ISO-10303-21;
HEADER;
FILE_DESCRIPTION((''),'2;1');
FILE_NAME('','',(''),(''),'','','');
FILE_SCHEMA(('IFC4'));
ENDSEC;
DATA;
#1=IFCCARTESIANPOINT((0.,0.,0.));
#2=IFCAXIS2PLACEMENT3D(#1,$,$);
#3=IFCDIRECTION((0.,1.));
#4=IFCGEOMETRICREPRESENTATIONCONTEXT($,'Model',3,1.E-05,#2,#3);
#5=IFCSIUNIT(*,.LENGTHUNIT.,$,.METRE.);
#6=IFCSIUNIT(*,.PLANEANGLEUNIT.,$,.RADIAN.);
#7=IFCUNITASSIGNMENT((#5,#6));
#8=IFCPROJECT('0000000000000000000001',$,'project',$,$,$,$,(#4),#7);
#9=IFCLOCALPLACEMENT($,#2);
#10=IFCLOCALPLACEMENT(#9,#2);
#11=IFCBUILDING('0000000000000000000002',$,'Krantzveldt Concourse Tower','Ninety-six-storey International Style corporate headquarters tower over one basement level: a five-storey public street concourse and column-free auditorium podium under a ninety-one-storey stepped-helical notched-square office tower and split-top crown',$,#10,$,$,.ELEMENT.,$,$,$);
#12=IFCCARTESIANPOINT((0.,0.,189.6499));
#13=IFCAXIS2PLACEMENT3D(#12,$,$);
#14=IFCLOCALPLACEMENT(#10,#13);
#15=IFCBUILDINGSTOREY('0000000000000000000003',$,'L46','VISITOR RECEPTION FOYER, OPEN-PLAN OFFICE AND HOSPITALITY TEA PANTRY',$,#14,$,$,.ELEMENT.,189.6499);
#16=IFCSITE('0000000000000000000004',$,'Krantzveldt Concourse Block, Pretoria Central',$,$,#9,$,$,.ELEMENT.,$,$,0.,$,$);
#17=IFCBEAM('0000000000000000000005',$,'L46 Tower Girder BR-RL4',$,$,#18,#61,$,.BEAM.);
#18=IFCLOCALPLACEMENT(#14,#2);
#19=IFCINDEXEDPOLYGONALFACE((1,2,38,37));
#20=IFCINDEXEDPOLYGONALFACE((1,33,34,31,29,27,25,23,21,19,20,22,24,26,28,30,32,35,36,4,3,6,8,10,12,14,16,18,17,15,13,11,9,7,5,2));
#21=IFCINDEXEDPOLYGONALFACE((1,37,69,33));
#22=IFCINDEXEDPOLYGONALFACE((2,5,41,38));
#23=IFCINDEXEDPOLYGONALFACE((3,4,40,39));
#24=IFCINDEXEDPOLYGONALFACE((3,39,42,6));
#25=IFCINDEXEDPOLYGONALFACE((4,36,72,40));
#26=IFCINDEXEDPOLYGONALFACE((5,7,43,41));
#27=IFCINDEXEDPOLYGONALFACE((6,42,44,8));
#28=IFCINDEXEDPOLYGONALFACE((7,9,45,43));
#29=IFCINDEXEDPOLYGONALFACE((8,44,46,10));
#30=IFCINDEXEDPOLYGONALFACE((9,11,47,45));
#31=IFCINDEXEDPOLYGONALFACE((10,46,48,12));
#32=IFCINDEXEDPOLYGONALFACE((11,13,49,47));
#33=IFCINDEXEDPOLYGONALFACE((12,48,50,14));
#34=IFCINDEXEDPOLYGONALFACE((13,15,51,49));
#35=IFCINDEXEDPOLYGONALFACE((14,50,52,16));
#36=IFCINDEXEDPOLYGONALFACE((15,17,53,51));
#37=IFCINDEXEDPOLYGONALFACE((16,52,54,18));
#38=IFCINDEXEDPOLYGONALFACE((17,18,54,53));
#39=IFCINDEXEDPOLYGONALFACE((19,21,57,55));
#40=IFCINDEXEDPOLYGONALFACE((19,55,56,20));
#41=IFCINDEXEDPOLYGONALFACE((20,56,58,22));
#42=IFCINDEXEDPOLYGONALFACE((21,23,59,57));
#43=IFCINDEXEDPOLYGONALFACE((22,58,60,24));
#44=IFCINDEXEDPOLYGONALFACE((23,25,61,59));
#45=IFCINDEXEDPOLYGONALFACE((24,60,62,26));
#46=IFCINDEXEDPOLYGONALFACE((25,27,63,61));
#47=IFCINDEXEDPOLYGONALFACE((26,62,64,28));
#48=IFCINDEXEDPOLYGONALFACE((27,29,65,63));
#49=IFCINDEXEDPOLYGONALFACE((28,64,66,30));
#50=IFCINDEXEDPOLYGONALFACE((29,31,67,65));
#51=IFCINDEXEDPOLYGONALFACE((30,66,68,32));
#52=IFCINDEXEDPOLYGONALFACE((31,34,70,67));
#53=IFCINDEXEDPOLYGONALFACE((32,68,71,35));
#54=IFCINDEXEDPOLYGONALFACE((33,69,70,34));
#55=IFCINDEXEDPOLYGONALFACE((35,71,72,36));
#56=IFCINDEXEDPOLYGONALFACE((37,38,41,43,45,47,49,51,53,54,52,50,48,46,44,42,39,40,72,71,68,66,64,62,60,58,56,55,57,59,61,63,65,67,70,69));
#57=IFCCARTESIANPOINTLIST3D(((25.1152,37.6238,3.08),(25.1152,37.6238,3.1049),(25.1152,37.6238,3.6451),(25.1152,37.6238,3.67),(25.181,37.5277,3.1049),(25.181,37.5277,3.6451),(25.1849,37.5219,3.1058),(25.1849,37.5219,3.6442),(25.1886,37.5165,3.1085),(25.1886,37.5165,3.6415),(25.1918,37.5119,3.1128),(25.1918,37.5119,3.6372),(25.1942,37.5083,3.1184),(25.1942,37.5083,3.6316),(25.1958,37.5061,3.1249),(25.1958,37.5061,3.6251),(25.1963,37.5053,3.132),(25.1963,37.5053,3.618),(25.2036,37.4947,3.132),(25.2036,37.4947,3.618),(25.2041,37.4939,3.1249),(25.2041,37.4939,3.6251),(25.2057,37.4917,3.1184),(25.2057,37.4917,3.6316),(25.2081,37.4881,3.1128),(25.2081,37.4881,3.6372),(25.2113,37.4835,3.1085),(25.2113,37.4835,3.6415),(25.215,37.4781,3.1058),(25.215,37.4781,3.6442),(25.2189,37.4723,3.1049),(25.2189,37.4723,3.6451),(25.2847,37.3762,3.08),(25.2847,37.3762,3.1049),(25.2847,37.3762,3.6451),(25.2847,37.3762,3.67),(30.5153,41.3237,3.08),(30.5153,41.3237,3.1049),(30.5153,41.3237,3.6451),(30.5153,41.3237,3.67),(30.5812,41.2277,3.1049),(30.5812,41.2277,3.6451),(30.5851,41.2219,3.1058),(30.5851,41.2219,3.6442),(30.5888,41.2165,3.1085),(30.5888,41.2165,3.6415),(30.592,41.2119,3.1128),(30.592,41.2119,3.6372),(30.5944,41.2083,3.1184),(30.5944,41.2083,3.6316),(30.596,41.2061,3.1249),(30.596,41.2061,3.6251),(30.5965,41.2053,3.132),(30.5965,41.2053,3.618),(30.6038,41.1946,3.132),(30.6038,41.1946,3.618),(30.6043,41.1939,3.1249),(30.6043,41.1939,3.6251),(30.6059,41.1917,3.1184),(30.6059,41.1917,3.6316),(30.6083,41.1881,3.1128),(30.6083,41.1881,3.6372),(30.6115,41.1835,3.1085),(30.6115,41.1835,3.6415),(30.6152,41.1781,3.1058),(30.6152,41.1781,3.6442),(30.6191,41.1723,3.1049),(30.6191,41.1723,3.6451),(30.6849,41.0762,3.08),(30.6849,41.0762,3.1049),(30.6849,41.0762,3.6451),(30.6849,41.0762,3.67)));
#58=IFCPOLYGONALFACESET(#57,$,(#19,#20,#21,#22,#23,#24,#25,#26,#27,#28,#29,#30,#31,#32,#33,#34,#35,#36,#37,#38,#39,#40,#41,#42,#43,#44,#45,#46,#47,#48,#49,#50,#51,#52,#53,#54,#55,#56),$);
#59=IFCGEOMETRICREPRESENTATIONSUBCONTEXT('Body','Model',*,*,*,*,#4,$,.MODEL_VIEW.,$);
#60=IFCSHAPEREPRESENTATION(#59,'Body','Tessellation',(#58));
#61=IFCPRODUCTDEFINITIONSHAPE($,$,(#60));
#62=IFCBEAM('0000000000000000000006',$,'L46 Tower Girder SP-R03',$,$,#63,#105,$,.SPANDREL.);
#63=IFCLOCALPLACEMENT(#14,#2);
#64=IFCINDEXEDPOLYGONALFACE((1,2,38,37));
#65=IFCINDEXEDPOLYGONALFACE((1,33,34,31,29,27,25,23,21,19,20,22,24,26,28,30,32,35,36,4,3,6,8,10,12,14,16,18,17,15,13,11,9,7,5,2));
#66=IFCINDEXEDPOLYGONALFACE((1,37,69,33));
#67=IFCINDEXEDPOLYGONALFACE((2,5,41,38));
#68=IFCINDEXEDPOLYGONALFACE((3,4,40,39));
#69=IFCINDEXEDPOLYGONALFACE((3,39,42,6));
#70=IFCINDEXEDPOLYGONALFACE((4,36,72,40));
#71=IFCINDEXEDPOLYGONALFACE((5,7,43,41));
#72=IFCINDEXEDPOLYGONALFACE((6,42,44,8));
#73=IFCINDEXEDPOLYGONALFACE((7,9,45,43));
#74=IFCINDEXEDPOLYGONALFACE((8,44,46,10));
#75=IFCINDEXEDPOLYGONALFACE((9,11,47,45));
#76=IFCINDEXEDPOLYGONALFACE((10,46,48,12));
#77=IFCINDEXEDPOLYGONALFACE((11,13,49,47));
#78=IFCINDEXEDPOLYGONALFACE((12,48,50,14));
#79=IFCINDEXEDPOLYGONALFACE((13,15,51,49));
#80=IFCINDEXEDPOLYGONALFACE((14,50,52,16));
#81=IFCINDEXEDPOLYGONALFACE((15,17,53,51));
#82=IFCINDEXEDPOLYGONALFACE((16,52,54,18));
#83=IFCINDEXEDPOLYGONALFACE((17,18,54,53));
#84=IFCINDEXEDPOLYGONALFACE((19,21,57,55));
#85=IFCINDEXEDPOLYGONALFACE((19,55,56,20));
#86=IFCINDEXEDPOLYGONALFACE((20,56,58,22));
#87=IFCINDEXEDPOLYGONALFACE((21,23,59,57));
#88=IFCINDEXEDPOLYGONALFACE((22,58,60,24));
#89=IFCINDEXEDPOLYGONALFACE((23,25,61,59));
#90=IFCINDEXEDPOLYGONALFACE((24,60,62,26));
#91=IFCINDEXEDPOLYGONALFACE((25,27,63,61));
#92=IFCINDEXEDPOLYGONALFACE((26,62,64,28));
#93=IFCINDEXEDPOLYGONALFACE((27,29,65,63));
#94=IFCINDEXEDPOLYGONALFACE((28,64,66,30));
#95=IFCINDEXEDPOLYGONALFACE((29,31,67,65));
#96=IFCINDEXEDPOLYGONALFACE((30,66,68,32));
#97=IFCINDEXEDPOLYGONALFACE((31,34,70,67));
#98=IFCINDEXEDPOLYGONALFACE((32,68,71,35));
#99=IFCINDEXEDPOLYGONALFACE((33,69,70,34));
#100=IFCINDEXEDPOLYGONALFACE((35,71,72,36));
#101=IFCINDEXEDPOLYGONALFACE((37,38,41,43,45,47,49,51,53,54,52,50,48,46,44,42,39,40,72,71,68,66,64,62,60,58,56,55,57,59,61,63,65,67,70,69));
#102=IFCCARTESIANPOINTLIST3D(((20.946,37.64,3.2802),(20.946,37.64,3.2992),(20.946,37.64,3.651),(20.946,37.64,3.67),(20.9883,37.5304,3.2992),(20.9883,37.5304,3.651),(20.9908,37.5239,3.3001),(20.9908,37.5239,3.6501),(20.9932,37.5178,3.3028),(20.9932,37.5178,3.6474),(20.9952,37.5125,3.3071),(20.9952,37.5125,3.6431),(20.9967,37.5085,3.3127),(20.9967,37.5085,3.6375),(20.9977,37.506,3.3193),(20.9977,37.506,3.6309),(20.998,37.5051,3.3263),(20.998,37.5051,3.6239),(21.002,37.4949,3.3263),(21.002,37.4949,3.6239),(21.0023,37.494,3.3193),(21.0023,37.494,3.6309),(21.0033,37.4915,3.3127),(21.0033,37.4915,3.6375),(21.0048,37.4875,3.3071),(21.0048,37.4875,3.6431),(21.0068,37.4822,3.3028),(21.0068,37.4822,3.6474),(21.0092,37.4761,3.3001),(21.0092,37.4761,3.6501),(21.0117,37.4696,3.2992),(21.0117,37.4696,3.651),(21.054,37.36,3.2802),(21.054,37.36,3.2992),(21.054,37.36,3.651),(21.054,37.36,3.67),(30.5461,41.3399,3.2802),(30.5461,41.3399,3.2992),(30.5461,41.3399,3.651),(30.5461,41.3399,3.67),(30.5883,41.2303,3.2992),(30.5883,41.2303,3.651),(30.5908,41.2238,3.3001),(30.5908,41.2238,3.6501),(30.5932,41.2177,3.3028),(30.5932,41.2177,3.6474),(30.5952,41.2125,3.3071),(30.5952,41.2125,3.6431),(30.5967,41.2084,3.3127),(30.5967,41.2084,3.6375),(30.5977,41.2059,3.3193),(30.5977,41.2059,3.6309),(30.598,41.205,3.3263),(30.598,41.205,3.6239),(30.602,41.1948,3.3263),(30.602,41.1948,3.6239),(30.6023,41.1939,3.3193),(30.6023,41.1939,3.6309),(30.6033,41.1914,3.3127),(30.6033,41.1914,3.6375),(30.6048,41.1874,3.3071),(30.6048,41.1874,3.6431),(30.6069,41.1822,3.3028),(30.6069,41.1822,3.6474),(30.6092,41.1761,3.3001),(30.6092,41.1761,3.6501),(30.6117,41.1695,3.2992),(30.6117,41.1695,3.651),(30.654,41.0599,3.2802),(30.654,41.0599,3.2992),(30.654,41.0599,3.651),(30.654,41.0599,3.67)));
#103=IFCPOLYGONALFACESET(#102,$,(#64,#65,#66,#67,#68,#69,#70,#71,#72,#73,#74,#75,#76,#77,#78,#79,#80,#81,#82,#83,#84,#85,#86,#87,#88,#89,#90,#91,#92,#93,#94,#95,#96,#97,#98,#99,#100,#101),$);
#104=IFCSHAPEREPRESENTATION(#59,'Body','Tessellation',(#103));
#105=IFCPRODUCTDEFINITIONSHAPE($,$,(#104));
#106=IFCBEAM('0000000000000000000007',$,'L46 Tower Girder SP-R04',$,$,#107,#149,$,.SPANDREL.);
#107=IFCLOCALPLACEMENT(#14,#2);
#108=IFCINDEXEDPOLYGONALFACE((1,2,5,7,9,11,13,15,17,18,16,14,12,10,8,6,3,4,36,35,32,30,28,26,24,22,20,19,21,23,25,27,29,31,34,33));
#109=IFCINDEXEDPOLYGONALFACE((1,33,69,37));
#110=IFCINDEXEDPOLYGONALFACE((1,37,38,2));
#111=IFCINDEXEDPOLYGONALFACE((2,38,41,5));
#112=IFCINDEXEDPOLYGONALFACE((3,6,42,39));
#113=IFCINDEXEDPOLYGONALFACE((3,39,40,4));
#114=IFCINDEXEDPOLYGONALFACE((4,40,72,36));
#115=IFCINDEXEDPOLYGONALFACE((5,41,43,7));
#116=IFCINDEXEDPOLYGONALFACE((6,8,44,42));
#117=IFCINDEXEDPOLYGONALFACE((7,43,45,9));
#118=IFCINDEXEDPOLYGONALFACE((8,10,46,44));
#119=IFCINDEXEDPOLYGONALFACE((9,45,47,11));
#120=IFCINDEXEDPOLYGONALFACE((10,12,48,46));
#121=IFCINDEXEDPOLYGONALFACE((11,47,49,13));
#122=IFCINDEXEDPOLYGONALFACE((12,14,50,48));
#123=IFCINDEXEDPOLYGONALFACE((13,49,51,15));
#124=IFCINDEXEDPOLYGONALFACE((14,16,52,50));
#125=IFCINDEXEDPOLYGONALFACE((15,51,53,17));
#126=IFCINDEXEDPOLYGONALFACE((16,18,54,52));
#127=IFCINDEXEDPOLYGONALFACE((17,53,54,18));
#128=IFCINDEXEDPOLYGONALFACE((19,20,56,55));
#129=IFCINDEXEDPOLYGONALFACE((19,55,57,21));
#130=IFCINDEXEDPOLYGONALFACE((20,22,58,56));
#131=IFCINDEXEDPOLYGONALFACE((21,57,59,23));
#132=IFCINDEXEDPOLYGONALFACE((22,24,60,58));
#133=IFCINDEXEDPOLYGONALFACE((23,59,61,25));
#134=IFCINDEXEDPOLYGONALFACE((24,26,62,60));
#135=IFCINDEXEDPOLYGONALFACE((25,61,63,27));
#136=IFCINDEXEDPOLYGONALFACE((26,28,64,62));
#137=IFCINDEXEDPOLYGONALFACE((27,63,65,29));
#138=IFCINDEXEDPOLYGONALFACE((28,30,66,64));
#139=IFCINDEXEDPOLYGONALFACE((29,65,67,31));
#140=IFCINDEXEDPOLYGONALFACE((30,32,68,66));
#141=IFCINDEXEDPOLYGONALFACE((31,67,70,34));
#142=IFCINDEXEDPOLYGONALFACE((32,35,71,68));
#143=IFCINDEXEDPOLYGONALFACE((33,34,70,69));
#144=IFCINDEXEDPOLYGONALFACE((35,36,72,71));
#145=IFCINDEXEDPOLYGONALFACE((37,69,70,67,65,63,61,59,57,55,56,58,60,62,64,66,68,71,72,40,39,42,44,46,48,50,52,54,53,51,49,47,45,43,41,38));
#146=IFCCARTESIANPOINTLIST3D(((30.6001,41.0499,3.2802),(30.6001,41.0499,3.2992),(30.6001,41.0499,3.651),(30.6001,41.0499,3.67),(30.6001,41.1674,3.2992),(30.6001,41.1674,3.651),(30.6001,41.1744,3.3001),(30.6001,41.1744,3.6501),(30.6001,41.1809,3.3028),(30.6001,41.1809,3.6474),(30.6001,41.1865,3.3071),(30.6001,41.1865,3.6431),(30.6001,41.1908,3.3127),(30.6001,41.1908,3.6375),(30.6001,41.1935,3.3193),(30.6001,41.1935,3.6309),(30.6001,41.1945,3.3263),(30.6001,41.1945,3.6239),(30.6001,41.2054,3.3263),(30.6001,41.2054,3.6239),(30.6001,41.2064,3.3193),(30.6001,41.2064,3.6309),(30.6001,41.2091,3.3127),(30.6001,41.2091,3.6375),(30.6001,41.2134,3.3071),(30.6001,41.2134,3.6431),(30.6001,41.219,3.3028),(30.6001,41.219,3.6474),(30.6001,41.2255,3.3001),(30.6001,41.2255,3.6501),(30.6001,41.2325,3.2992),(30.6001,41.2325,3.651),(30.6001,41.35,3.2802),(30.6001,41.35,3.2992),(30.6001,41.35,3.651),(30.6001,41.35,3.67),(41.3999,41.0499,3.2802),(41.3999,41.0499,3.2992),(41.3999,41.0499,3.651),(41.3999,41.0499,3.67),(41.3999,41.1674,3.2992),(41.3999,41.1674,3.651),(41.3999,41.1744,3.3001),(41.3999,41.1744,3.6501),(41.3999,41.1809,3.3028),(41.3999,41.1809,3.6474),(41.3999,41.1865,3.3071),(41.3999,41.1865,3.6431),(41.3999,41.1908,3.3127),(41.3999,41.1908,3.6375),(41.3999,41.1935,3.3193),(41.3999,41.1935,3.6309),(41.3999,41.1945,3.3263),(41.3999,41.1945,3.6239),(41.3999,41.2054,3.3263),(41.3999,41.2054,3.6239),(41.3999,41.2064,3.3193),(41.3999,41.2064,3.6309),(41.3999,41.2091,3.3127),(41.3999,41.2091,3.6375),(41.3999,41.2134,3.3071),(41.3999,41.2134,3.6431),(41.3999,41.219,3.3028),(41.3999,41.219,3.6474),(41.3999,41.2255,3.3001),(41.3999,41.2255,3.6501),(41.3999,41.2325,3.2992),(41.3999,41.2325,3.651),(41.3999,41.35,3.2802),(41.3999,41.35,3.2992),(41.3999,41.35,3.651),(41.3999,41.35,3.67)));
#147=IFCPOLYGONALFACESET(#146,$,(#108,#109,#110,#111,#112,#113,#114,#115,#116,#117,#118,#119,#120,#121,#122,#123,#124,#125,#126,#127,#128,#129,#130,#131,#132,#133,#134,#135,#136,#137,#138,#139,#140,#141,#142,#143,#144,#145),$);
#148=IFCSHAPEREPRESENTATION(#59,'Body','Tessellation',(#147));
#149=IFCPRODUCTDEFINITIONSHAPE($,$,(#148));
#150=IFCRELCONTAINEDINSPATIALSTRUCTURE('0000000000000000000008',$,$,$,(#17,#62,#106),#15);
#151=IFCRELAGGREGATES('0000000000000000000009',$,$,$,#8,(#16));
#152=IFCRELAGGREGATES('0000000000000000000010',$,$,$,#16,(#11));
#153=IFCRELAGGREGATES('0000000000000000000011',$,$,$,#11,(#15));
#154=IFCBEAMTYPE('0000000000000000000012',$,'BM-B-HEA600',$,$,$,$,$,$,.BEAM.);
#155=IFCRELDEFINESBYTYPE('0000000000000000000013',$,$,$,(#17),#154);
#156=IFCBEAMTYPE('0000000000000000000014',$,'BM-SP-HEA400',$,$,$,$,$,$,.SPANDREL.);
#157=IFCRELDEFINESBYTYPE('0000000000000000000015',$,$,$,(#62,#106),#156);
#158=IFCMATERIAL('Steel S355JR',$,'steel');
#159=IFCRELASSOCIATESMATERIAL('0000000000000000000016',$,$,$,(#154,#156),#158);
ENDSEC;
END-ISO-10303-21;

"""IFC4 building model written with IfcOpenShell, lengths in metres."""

from ifc_helpers import new_model, si_unit, direction, frame, origin, origin_2d, place, context, subcontext, project, spatial, i_section, extrude, source, transform, mapped, material, material_profile, profile_set, type_object, type_shapes, element, save


model = new_model("IFC4")

# Units and contexts
model_context = context("Model", 3, precision=1e-05, world=origin(), true_north=direction((0.0, 1.0)))
body_context = subcontext(model_context, "Body", "Model", "MODEL_VIEW")
ifc_project = project(units=[si_unit("LENGTHUNIT", "METRE"), si_unit("PLANEANGLEUNIT", "RADIAN")], contexts=[model_context])

# Site, building, storey
site_placement = place(None, origin())
site = spatial("IfcSite", under=ifc_project, at=site_placement, Name="Krantzveldt Concourse Block, Pretoria Central", CompositionType="ELEMENT", RefElevation=0.0)
building_placement = place(site_placement, origin())
building = spatial("IfcBuilding", under=site, at=building_placement, Name="Krantzveldt Concourse Tower", Description="Ninety-six-storey International Style corporate headquarters tower over one basement level: a five-storey public street concourse and column-free auditorium podium under a ninety-one-storey stepped-helical notched-square office tower and split-top crown", CompositionType="ELEMENT")
storey_placement = place(building_placement, frame((0.0, 0.0, 189.6499)))
storey = spatial("IfcBuildingStorey", under=building, at=storey_placement, Name="L46", Description="VISITOR RECEPTION FOYER, OPEN-PLAN OFFICE AND HOSPITALITY TEA PANTRY", CompositionType="ELEMENT", Elevation=189.6499)

# Beams
ifc_material_1 = material(Name="Steel S355JR", Category="steel")
ifc_material_profile_1 = material_profile(ifc_material_1, i_section(OverallWidth=0.3, OverallDepth=0.5901, WebThickness=0.0129, FlangeThickness=0.0249, FilletRadius=0.0271, at=origin_2d()), Name="Steel S355JR", Category="steel")
ifc_profile_set_1 = profile_set([ifc_material_profile_1], Name="Steel S355JR - HEA 600")
beam_type_1 = type_object("IfcBeamType", Name="BM-B-HEA600", PredefinedType="BEAM", material=ifc_profile_set_1)
shared_shape_1 = source(origin(), body_context, "Body", "SweptSolid", [
    extrude(i_section(OverallWidth=0.3, OverallDepth=0.5901, WebThickness=0.0129, FlangeThickness=0.0249, FilletRadius=0.0271, at=origin_2d()), origin(), (0.0, 0.0, 1.0), 6.5461),
])
beam_1_placement = place(storey_placement, frame((25.2, 37.5, 3.375), z_axis=(0.824943, 0.565216, 0.0), x_axis=(-0.565216, 0.824943, 0.0)))
element("IfcBeam", 1, at=beam_1_placement, inside=storey, type_object=beam_type_1, Name="L46 Tower Girder BR-RL4", PredefinedType="BEAM", context=body_context, shape_type="MappedRepresentation", body=[
    mapped(shared_shape_1, transform((0.0, 0.0, 0.0), x_axis=(1.0, 0.0, 0.0), y_axis=(0.0, 1.0, 0.0), z_axis=(0.0, 0.0, 1.0), scale=1.0)),
])
ifc_material_profile_2 = material_profile(ifc_material_1, i_section(OverallWidth=0.3, OverallDepth=0.3899, WebThickness=0.011, FlangeThickness=0.019, FilletRadius=0.0271, at=origin_2d()), Name="Steel S355JR", Category="steel")
ifc_profile_set_2 = profile_set([ifc_material_profile_2], Name="Steel S355JR - HEA 400")
beam_type_2 = type_object("IfcBeamType", Name="BM-SP-HEA400", PredefinedType="SPANDREL", material=ifc_profile_set_2)
shared_shape_2 = source(origin(), body_context, "Body", "SweptSolid", [
    extrude(i_section(OverallWidth=0.3, OverallDepth=0.3899, WebThickness=0.011, FlangeThickness=0.019, FilletRadius=0.0271, at=origin_2d()), origin(), (0.0, 0.0, 1.0), 10.2883),
])
beam_2_placement = place(storey_placement, frame((21.0, 37.5, 3.4751), z_axis=(0.933098, 0.359623, 0.0), x_axis=(-0.359623, 0.933098, 0.0)))
element("IfcBeam", 2, at=beam_2_placement, inside=storey, type_object=beam_type_2, Name="L46 Tower Girder SP-R03", PredefinedType="SPANDREL", context=body_context, shape_type="MappedRepresentation", body=[
    mapped(shared_shape_2, transform((0.0, 0.0, 0.0), x_axis=(1.0, 0.0, 0.0), y_axis=(0.0, 1.0, 0.0), z_axis=(0.0, 0.0, 1.0), scale=1.0)),
])
shared_shape_3 = source(origin(), body_context, "Body", "SweptSolid", [
    extrude(i_section(OverallWidth=0.3, OverallDepth=0.3899, WebThickness=0.011, FlangeThickness=0.019, FilletRadius=0.0271, at=origin_2d()), origin(), (0.0, 0.0, 1.0), 10.7998),
])
type_shapes(beam_type_2, [shared_shape_2, shared_shape_3])
beam_3_placement = place(storey_placement, frame((30.6001, 41.2, 3.4751), z_axis=(1.0, 0.0, 0.0), x_axis=(0.0, 1.0, 0.0)))
element("IfcBeam", 3, at=beam_3_placement, inside=storey, type_object=beam_type_2, Name="L46 Tower Girder SP-R04", PredefinedType="SPANDREL", context=body_context, shape_type="MappedRepresentation", body=[
    mapped(shared_shape_3, transform((0.0, 0.0, 0.0), x_axis=(1.0, 0.0, 0.0), y_axis=(0.0, 1.0, 0.0), z_axis=(0.0, 0.0, 1.0), scale=1.0)),
])

save(model, "model.ifc")
